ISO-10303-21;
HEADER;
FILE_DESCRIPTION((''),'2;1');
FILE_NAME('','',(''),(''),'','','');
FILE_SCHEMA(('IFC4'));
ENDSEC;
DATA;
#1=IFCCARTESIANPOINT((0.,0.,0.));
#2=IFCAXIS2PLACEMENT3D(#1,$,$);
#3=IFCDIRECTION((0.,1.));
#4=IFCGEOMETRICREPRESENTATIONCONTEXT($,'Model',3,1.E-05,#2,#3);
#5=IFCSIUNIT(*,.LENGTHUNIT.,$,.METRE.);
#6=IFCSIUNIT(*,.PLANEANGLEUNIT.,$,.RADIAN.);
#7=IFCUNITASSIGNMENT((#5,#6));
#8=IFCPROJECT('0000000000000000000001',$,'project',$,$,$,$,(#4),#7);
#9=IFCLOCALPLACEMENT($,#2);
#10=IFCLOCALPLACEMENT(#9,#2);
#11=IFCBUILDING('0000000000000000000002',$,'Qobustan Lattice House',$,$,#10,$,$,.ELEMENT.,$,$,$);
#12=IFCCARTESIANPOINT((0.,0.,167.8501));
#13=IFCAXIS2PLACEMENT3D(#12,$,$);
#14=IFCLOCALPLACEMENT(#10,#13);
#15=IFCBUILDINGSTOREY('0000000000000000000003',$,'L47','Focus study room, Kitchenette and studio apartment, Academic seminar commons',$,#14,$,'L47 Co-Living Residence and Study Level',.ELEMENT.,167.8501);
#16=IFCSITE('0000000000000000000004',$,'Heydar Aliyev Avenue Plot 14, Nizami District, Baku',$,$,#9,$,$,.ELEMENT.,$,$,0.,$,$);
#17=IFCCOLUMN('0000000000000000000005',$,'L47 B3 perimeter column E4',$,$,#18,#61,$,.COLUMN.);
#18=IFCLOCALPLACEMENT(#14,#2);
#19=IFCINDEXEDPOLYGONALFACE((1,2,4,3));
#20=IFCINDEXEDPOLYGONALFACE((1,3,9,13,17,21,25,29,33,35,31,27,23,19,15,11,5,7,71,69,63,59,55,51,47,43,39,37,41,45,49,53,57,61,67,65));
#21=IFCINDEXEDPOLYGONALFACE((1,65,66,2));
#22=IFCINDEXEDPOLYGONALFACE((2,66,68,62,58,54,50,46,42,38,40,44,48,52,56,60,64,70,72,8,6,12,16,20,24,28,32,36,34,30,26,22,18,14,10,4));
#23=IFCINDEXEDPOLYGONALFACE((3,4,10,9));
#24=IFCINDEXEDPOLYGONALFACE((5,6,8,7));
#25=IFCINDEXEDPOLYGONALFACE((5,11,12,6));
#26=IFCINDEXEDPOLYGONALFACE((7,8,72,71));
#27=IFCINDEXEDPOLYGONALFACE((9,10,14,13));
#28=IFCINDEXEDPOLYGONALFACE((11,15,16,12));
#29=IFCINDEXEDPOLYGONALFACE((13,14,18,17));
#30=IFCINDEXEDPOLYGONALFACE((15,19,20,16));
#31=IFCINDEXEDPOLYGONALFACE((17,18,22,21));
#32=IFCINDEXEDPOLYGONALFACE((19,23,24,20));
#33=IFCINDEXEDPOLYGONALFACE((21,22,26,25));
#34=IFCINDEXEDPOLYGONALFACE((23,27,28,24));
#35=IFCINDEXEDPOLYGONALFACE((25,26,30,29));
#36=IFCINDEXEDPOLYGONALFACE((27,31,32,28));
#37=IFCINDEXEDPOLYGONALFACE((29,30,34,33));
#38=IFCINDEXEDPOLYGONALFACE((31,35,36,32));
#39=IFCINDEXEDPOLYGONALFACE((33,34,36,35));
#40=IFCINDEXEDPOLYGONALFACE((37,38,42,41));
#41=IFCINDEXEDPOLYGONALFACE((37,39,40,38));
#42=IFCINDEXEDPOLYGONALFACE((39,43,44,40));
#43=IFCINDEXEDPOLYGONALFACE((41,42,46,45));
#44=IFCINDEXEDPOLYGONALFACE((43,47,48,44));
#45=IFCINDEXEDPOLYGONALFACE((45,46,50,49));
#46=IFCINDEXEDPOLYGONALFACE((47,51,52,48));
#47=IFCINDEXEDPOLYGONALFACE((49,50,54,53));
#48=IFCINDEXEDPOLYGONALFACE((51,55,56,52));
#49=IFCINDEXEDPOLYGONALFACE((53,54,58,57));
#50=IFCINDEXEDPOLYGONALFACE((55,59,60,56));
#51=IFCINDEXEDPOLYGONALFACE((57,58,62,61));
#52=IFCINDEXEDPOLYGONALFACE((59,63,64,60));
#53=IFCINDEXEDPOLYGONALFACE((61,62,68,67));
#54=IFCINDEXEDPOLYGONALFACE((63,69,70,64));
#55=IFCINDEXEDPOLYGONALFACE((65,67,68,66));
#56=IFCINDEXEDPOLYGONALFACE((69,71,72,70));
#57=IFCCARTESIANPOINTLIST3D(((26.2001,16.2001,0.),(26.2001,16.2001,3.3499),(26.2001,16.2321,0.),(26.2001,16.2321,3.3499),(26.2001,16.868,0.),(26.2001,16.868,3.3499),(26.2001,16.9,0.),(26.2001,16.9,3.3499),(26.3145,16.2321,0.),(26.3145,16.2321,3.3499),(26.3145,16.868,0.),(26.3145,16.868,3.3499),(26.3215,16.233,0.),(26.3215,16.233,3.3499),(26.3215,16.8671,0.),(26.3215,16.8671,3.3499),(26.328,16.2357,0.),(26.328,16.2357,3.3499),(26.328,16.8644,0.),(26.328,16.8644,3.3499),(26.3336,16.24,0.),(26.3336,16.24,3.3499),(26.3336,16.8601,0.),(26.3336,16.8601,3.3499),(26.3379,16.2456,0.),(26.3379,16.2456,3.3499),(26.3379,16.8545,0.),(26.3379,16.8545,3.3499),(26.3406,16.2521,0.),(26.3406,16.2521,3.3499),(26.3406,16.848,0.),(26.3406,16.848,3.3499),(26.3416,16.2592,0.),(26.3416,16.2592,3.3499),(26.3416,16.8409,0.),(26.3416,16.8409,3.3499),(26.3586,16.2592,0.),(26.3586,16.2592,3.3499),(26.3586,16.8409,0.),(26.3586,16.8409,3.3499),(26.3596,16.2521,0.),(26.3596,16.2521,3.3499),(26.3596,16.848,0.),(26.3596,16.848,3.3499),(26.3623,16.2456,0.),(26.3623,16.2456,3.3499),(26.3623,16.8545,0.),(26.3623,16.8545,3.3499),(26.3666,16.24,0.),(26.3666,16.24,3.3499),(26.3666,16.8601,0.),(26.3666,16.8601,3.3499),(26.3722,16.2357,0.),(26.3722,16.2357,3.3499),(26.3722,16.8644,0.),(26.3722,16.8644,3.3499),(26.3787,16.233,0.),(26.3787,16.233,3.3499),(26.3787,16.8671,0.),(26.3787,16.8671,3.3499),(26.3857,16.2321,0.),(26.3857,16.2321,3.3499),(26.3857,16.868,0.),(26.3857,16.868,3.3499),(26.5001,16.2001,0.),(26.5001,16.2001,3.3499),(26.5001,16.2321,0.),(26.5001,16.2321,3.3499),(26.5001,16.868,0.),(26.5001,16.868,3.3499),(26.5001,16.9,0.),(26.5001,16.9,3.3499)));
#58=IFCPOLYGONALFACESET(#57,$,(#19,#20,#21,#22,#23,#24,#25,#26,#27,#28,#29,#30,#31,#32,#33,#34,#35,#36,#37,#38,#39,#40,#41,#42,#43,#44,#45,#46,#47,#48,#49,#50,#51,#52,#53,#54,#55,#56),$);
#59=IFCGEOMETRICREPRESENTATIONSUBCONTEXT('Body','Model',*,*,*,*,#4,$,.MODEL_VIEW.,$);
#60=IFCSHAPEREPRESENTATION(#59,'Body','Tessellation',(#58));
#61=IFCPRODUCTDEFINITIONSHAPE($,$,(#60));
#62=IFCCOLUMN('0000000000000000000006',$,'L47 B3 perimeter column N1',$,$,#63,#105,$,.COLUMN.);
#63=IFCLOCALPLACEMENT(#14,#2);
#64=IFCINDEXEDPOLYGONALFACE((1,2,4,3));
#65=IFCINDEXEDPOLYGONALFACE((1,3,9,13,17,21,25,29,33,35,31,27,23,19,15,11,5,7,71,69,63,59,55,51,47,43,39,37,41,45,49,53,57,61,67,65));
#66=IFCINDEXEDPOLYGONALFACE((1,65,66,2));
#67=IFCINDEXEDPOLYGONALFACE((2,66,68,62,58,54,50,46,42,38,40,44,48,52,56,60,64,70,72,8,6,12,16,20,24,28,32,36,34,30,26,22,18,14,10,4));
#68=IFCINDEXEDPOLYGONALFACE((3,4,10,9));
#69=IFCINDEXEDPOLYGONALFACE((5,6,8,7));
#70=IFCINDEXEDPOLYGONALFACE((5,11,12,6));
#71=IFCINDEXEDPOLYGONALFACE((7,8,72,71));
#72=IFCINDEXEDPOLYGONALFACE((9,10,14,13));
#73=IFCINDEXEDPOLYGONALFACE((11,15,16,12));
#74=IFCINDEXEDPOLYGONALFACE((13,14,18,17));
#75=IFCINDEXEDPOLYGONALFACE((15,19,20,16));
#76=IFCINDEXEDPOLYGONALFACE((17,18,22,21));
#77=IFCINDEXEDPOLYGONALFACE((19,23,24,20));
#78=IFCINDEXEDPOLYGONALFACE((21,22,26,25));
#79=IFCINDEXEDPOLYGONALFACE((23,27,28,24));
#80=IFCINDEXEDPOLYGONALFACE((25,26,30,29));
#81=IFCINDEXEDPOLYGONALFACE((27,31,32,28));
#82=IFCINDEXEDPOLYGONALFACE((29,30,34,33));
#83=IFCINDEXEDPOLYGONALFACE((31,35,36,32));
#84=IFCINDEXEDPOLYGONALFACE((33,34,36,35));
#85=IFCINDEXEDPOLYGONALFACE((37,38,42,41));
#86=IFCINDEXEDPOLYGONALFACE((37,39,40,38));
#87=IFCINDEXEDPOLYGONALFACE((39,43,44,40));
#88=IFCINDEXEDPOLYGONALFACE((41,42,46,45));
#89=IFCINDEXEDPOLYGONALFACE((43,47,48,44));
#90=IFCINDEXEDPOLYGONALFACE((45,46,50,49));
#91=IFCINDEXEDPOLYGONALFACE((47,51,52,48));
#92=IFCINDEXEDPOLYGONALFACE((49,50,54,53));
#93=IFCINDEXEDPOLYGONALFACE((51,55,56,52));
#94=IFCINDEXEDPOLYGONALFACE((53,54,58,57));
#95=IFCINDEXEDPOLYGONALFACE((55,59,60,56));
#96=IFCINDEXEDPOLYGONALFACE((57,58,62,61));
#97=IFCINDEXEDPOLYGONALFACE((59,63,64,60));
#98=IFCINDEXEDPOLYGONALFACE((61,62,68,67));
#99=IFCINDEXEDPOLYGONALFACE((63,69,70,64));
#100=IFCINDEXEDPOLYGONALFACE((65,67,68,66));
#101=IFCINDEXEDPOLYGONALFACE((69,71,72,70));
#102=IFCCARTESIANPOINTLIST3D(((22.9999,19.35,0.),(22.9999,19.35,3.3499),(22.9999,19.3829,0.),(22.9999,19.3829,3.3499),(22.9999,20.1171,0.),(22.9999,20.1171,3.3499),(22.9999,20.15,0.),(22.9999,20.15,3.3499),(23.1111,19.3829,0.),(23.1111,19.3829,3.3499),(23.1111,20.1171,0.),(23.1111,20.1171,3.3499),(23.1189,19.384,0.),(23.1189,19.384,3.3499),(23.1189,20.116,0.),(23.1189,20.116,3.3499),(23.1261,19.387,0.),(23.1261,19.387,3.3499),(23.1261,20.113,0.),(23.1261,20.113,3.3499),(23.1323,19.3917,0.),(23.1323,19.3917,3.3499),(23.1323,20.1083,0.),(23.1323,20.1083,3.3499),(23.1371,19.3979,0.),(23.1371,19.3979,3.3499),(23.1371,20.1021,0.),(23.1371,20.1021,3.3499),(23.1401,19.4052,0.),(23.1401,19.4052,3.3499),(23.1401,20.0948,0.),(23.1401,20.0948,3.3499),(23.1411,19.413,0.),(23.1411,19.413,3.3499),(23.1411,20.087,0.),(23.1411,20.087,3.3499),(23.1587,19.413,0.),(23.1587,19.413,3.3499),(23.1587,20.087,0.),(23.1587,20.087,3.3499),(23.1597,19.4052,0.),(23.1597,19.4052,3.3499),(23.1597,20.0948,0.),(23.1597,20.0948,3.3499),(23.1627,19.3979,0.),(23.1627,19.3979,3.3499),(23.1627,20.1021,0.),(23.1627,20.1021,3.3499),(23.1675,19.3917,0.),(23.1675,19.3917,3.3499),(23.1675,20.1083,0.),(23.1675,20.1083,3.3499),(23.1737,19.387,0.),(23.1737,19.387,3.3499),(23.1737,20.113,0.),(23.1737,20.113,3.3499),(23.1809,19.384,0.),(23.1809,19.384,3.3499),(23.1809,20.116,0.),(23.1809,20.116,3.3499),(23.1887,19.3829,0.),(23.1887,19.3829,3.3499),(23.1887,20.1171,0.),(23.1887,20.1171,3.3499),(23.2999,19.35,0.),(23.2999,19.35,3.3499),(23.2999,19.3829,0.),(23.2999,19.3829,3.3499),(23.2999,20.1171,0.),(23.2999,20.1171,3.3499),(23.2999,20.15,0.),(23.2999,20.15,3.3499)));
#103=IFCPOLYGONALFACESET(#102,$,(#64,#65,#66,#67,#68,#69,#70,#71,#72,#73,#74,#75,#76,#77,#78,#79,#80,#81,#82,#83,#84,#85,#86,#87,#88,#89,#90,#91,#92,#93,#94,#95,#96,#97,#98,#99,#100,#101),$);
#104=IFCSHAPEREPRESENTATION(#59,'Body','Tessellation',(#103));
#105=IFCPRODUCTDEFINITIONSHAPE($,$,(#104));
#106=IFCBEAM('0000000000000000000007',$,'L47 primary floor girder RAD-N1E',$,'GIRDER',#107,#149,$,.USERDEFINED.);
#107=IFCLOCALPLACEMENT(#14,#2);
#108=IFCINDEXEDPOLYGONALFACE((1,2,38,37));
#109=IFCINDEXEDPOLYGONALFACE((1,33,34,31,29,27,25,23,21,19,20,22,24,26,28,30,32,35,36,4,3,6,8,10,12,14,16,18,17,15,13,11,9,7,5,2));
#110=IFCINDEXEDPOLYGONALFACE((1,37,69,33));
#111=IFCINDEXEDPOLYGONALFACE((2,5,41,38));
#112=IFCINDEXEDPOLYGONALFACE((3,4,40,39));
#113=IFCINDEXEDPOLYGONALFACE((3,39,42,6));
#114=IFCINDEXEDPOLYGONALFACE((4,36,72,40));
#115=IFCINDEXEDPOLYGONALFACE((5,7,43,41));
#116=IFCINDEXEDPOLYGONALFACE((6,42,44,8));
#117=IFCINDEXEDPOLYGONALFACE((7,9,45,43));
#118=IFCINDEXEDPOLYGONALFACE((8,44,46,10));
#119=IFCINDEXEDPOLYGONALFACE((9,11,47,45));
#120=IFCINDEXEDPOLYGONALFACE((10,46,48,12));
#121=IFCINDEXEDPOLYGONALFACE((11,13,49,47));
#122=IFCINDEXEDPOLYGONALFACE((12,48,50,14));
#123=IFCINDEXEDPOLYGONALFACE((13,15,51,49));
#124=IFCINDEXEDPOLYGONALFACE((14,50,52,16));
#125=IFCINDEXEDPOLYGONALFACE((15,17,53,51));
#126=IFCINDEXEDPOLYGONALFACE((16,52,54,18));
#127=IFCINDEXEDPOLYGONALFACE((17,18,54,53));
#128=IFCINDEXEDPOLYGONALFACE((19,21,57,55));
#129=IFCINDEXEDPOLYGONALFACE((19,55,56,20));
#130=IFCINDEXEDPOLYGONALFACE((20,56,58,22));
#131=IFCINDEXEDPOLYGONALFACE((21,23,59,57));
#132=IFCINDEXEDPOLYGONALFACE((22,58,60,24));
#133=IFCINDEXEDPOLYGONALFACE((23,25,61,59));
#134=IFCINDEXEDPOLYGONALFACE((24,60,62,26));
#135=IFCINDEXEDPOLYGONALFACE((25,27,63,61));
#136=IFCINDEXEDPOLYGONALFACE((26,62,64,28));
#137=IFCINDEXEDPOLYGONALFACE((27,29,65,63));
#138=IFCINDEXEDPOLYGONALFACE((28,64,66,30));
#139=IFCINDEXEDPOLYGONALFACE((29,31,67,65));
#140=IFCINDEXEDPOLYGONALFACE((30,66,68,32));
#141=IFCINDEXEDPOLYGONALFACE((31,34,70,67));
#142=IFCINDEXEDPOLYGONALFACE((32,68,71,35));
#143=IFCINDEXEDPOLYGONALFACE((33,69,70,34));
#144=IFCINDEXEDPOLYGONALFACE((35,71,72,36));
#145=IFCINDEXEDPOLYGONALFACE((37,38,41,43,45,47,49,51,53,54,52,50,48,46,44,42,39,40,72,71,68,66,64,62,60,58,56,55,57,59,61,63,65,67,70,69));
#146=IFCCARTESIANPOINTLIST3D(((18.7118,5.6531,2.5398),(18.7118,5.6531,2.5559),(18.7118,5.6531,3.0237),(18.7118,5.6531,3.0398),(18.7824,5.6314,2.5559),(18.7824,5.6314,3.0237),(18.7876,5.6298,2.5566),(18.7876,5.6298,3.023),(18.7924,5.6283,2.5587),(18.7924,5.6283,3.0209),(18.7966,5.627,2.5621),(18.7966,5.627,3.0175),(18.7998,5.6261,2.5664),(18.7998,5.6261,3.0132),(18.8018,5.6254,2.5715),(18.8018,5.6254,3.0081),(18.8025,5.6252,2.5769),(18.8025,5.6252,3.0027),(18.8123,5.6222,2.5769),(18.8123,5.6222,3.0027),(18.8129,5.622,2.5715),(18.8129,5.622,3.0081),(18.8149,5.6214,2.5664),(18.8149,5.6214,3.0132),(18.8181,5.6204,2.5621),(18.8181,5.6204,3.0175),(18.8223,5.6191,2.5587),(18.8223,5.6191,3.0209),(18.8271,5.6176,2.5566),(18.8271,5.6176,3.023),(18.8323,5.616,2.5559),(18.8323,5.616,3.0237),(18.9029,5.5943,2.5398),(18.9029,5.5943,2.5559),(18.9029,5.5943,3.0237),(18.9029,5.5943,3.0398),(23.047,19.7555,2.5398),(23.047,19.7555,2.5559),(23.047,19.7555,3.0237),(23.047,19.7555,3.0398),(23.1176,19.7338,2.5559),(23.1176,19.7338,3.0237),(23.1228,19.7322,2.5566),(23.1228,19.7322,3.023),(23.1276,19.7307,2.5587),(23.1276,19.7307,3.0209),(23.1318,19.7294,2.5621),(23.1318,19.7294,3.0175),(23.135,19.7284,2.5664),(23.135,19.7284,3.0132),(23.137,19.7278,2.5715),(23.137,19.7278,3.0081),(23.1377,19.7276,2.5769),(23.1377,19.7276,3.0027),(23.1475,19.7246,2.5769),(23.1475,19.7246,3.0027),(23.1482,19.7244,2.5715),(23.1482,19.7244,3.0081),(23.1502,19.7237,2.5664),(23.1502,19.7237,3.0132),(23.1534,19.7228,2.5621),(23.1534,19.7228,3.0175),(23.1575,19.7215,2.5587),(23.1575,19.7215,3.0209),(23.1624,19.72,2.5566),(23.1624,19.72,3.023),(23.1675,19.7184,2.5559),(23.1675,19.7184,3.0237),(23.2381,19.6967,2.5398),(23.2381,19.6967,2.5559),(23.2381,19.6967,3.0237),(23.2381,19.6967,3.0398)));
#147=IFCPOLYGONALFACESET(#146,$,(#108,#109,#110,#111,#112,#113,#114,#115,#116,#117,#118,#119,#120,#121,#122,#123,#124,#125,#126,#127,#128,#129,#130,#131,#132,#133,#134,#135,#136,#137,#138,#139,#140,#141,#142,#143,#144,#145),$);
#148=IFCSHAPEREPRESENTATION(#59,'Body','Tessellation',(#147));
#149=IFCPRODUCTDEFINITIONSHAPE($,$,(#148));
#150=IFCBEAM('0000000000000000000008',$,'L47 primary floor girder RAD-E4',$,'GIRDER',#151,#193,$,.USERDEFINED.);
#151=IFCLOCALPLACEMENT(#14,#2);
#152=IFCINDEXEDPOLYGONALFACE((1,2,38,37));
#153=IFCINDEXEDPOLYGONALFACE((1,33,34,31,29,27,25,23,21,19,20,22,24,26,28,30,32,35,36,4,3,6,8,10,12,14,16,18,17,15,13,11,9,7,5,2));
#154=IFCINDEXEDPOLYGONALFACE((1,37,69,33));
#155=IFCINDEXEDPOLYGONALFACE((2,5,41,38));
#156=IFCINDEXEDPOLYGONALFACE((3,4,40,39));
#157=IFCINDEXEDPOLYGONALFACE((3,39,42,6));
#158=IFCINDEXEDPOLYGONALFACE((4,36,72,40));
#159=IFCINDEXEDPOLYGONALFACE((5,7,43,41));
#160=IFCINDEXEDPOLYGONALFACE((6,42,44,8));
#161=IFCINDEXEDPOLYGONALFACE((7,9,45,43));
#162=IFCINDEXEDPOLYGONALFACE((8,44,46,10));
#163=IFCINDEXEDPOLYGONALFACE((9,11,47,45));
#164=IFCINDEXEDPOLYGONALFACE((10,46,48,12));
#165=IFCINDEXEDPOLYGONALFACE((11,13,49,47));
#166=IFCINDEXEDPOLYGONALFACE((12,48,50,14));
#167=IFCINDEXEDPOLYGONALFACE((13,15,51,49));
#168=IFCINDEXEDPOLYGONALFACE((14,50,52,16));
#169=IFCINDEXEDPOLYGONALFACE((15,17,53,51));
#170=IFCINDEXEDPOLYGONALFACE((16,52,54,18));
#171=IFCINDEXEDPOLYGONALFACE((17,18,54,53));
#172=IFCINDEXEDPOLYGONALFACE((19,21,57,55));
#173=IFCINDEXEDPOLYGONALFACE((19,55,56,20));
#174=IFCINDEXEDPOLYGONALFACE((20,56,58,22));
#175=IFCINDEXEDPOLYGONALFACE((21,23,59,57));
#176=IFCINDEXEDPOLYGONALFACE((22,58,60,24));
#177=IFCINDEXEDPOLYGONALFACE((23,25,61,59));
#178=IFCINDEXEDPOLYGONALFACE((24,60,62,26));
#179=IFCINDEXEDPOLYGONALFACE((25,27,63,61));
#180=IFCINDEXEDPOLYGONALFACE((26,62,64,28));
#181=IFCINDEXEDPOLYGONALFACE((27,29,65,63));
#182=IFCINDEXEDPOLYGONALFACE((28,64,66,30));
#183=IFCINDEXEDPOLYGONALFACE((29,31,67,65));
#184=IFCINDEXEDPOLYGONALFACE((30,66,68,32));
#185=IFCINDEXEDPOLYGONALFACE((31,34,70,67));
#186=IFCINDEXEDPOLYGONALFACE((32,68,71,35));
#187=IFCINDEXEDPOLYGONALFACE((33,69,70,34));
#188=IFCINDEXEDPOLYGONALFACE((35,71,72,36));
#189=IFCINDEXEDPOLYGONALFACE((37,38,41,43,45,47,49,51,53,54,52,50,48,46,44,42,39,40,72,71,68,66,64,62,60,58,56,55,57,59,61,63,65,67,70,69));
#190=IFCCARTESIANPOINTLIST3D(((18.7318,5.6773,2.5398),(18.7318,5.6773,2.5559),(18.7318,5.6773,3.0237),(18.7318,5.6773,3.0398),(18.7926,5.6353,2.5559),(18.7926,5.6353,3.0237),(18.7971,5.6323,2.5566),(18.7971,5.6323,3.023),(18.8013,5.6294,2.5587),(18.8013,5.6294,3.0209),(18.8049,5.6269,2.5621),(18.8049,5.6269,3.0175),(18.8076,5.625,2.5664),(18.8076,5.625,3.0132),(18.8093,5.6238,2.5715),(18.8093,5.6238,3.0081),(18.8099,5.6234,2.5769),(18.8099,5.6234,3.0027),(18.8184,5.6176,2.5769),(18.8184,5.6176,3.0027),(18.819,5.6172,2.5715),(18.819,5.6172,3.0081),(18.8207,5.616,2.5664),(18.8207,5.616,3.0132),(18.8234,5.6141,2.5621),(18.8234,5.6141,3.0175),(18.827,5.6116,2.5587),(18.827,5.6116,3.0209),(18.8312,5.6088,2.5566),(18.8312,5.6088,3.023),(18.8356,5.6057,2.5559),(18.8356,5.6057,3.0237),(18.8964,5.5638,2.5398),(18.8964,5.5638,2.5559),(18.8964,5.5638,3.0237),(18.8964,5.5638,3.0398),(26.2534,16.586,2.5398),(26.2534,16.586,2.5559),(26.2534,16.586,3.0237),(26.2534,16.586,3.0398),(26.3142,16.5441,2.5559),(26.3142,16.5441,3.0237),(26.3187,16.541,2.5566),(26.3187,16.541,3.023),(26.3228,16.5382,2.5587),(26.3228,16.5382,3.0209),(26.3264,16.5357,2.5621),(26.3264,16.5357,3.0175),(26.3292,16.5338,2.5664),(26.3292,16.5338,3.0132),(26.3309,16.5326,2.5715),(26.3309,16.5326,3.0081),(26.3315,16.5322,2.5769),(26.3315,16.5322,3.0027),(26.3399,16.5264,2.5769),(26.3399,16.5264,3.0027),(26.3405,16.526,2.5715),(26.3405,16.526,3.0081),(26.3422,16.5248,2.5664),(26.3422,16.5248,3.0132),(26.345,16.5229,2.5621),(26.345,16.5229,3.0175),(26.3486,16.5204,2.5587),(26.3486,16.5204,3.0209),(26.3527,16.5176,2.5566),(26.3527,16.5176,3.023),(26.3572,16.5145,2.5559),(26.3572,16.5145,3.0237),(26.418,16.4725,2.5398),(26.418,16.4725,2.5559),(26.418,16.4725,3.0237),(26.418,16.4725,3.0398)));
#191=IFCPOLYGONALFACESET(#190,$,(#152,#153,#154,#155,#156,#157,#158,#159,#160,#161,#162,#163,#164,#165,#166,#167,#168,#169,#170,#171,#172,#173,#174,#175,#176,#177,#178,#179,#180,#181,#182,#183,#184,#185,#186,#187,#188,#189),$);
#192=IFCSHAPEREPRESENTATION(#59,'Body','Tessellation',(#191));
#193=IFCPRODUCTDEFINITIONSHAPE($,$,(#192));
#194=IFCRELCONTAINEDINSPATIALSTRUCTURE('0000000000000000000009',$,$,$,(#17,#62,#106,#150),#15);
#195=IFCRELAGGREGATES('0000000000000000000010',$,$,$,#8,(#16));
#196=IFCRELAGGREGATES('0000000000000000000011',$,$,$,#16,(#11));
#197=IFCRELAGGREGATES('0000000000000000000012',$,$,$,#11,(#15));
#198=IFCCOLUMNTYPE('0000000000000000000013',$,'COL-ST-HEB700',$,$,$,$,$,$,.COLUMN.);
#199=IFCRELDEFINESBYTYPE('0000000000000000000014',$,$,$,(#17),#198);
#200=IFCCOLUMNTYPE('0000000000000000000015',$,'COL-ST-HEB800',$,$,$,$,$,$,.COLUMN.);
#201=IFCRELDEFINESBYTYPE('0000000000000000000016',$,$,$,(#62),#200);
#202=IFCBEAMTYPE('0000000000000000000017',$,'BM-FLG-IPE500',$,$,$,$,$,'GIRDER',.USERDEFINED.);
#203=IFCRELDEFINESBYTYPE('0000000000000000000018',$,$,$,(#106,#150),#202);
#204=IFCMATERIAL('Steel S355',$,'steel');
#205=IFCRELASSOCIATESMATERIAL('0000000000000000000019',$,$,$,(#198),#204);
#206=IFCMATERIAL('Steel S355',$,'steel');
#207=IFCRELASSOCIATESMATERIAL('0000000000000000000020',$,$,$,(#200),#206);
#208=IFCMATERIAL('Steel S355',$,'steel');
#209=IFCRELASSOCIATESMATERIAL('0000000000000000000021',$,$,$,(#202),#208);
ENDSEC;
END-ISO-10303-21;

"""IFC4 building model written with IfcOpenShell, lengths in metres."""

from ifc_helpers import new_model, si_unit, direction, frame, origin, origin_2d, place, context, subcontext, project, spatial, i_section, extrude, material, material_profile, profile_set, type_object, element, save


model = new_model("IFC4")

# Units and contexts
model_context = context("Model", 3, precision=1e-05, world=origin(), true_north=direction((0.0, 1.0)))
body_context = subcontext(model_context, "Body", "Model", "MODEL_VIEW")
ifc_project = project(units=[si_unit("LENGTHUNIT", "METRE"), si_unit("PLANEANGLEUNIT", "RADIAN")], contexts=[model_context])

# Site, building, storey
site_placement = place(None, origin())
site = spatial("IfcSite", under=ifc_project, at=site_placement, Name="Heydar Aliyev Avenue Plot 14, Nizami District, Baku", CompositionType="ELEMENT", RefElevation=0.0)
building_placement = place(site_placement, origin())
building = spatial("IfcBuilding", under=site, at=building_placement, Name="Qobustan Lattice House", CompositionType="ELEMENT")
storey_placement = place(building_placement, frame((0.0, 0.0, 167.8501)))
storey = spatial("IfcBuildingStorey", under=building, at=storey_placement, Name="L47", Description="Focus study room, Kitchenette and studio apartment, Academic seminar commons", LongName="L47 Co-Living Residence and Study Level", CompositionType="ELEMENT", Elevation=167.8501)

# Columns
ifc_material_1 = material(Name="Steel S355", Category="steel")
ifc_material_profile_1 = material_profile(ifc_material_1, i_section(OverallWidth=0.3, OverallDepth=0.7, WebThickness=0.0171, FlangeThickness=0.032, FilletRadius=0.0271, at=origin_2d()), Name="HEB700")
ifc_profile_set_1 = profile_set([ifc_material_profile_1], Name="Steel S355")
column_type_1 = type_object("IfcColumnType", Name="COL-ST-HEB700", PredefinedType="COLUMN", material=ifc_profile_set_1)
column_1_placement = place(storey_placement, frame((26.3501, 16.55, 0.0), z_axis=(0.0, 0.0, 1.0), x_axis=(1.0, 0.0, 0.0)))
element("IfcColumn", 1, at=column_1_placement, inside=storey, type_object=column_type_1, Name="L47 B3 perimeter column E4", PredefinedType="COLUMN", context=body_context, shape_type="SweptSolid", body=[
    extrude(i_section(OverallWidth=0.3, OverallDepth=0.7, WebThickness=0.0171, FlangeThickness=0.032, FilletRadius=0.0271, at=origin_2d()), origin(), (0.0, 0.0, 1.0), 3.3499),
])
ifc_material_2 = material(Name="Steel S355", Category="steel")
ifc_material_profile_2 = material_profile(ifc_material_2, i_section(OverallWidth=0.3, OverallDepth=0.8, WebThickness=0.0176, FlangeThickness=0.033, FilletRadius=0.03, at=origin_2d()), Name="HEB800")
ifc_profile_set_2 = profile_set([ifc_material_profile_2], Name="Steel S355")
column_type_2 = type_object("IfcColumnType", Name="COL-ST-HEB800", PredefinedType="COLUMN", material=ifc_profile_set_2)
column_2_placement = place(storey_placement, frame((23.1499, 19.75, 0.0), z_axis=(0.0, 0.0, 1.0), x_axis=(1.0, 0.0, 0.0)))
element("IfcColumn", 2, at=column_2_placement, inside=storey, type_object=column_type_2, Name="L47 B3 perimeter column N1", PredefinedType="COLUMN", context=body_context, shape_type="SweptSolid", body=[
    extrude(i_section(OverallWidth=0.3, OverallDepth=0.8, WebThickness=0.0176, FlangeThickness=0.033, FilletRadius=0.03, at=origin_2d()), origin(), (0.0, 0.0, 1.0), 3.3499),
])

# Beams
ifc_material_3 = material(Name="Steel S355", Category="steel")
ifc_material_profile_3 = material_profile(ifc_material_3, i_section(OverallWidth=0.2, OverallDepth=0.5, WebThickness=0.0103, FlangeThickness=0.0161, FilletRadius=0.021, at=origin_2d()), Name="IPE500")
ifc_profile_set_3 = profile_set([ifc_material_profile_3], Name="Steel S355")
beam_type_1 = type_object("IfcBeamType", Name="BM-FLG-IPE500", ElementType="GIRDER", PredefinedType="USERDEFINED", material=ifc_profile_set_3)
beam_1_placement = place(storey_placement, frame((23.1426, 19.7261, 2.7898), z_axis=(-0.29384, -0.955854, 0.0), x_axis=(0.955854, -0.29384, 0.0)))
element("IfcBeam", 3, at=beam_1_placement, inside=storey, type_object=beam_type_1, Name="L47 primary floor girder RAD-N1E", ObjectType="GIRDER", PredefinedType="USERDEFINED", context=body_context, shape_type="SweptSolid", body=[
    extrude(i_section(OverallWidth=0.2, OverallDepth=0.5, WebThickness=0.0103, FlangeThickness=0.0161, FilletRadius=0.021, at=origin_2d()), origin(), (0.0, 0.0, 1.0), 14.7537),
])
beam_2_placement = place(storey_placement, frame((26.3357, 16.5293, 2.7898), z_axis=(-0.567643, -0.823275, 0.0), x_axis=(0.823275, -0.567643, 0.0)))
element("IfcBeam", 4, at=beam_2_placement, inside=storey, type_object=beam_type_1, Name="L47 primary floor girder RAD-E4", ObjectType="GIRDER", PredefinedType="USERDEFINED", context=body_context, shape_type="SweptSolid", body=[
    extrude(i_section(OverallWidth=0.2, OverallDepth=0.5, WebThickness=0.0103, FlangeThickness=0.0161, FilletRadius=0.021, at=origin_2d()), origin(), (0.0, 0.0, 1.0), 13.2505),
])

save(model, "model.ifc")
